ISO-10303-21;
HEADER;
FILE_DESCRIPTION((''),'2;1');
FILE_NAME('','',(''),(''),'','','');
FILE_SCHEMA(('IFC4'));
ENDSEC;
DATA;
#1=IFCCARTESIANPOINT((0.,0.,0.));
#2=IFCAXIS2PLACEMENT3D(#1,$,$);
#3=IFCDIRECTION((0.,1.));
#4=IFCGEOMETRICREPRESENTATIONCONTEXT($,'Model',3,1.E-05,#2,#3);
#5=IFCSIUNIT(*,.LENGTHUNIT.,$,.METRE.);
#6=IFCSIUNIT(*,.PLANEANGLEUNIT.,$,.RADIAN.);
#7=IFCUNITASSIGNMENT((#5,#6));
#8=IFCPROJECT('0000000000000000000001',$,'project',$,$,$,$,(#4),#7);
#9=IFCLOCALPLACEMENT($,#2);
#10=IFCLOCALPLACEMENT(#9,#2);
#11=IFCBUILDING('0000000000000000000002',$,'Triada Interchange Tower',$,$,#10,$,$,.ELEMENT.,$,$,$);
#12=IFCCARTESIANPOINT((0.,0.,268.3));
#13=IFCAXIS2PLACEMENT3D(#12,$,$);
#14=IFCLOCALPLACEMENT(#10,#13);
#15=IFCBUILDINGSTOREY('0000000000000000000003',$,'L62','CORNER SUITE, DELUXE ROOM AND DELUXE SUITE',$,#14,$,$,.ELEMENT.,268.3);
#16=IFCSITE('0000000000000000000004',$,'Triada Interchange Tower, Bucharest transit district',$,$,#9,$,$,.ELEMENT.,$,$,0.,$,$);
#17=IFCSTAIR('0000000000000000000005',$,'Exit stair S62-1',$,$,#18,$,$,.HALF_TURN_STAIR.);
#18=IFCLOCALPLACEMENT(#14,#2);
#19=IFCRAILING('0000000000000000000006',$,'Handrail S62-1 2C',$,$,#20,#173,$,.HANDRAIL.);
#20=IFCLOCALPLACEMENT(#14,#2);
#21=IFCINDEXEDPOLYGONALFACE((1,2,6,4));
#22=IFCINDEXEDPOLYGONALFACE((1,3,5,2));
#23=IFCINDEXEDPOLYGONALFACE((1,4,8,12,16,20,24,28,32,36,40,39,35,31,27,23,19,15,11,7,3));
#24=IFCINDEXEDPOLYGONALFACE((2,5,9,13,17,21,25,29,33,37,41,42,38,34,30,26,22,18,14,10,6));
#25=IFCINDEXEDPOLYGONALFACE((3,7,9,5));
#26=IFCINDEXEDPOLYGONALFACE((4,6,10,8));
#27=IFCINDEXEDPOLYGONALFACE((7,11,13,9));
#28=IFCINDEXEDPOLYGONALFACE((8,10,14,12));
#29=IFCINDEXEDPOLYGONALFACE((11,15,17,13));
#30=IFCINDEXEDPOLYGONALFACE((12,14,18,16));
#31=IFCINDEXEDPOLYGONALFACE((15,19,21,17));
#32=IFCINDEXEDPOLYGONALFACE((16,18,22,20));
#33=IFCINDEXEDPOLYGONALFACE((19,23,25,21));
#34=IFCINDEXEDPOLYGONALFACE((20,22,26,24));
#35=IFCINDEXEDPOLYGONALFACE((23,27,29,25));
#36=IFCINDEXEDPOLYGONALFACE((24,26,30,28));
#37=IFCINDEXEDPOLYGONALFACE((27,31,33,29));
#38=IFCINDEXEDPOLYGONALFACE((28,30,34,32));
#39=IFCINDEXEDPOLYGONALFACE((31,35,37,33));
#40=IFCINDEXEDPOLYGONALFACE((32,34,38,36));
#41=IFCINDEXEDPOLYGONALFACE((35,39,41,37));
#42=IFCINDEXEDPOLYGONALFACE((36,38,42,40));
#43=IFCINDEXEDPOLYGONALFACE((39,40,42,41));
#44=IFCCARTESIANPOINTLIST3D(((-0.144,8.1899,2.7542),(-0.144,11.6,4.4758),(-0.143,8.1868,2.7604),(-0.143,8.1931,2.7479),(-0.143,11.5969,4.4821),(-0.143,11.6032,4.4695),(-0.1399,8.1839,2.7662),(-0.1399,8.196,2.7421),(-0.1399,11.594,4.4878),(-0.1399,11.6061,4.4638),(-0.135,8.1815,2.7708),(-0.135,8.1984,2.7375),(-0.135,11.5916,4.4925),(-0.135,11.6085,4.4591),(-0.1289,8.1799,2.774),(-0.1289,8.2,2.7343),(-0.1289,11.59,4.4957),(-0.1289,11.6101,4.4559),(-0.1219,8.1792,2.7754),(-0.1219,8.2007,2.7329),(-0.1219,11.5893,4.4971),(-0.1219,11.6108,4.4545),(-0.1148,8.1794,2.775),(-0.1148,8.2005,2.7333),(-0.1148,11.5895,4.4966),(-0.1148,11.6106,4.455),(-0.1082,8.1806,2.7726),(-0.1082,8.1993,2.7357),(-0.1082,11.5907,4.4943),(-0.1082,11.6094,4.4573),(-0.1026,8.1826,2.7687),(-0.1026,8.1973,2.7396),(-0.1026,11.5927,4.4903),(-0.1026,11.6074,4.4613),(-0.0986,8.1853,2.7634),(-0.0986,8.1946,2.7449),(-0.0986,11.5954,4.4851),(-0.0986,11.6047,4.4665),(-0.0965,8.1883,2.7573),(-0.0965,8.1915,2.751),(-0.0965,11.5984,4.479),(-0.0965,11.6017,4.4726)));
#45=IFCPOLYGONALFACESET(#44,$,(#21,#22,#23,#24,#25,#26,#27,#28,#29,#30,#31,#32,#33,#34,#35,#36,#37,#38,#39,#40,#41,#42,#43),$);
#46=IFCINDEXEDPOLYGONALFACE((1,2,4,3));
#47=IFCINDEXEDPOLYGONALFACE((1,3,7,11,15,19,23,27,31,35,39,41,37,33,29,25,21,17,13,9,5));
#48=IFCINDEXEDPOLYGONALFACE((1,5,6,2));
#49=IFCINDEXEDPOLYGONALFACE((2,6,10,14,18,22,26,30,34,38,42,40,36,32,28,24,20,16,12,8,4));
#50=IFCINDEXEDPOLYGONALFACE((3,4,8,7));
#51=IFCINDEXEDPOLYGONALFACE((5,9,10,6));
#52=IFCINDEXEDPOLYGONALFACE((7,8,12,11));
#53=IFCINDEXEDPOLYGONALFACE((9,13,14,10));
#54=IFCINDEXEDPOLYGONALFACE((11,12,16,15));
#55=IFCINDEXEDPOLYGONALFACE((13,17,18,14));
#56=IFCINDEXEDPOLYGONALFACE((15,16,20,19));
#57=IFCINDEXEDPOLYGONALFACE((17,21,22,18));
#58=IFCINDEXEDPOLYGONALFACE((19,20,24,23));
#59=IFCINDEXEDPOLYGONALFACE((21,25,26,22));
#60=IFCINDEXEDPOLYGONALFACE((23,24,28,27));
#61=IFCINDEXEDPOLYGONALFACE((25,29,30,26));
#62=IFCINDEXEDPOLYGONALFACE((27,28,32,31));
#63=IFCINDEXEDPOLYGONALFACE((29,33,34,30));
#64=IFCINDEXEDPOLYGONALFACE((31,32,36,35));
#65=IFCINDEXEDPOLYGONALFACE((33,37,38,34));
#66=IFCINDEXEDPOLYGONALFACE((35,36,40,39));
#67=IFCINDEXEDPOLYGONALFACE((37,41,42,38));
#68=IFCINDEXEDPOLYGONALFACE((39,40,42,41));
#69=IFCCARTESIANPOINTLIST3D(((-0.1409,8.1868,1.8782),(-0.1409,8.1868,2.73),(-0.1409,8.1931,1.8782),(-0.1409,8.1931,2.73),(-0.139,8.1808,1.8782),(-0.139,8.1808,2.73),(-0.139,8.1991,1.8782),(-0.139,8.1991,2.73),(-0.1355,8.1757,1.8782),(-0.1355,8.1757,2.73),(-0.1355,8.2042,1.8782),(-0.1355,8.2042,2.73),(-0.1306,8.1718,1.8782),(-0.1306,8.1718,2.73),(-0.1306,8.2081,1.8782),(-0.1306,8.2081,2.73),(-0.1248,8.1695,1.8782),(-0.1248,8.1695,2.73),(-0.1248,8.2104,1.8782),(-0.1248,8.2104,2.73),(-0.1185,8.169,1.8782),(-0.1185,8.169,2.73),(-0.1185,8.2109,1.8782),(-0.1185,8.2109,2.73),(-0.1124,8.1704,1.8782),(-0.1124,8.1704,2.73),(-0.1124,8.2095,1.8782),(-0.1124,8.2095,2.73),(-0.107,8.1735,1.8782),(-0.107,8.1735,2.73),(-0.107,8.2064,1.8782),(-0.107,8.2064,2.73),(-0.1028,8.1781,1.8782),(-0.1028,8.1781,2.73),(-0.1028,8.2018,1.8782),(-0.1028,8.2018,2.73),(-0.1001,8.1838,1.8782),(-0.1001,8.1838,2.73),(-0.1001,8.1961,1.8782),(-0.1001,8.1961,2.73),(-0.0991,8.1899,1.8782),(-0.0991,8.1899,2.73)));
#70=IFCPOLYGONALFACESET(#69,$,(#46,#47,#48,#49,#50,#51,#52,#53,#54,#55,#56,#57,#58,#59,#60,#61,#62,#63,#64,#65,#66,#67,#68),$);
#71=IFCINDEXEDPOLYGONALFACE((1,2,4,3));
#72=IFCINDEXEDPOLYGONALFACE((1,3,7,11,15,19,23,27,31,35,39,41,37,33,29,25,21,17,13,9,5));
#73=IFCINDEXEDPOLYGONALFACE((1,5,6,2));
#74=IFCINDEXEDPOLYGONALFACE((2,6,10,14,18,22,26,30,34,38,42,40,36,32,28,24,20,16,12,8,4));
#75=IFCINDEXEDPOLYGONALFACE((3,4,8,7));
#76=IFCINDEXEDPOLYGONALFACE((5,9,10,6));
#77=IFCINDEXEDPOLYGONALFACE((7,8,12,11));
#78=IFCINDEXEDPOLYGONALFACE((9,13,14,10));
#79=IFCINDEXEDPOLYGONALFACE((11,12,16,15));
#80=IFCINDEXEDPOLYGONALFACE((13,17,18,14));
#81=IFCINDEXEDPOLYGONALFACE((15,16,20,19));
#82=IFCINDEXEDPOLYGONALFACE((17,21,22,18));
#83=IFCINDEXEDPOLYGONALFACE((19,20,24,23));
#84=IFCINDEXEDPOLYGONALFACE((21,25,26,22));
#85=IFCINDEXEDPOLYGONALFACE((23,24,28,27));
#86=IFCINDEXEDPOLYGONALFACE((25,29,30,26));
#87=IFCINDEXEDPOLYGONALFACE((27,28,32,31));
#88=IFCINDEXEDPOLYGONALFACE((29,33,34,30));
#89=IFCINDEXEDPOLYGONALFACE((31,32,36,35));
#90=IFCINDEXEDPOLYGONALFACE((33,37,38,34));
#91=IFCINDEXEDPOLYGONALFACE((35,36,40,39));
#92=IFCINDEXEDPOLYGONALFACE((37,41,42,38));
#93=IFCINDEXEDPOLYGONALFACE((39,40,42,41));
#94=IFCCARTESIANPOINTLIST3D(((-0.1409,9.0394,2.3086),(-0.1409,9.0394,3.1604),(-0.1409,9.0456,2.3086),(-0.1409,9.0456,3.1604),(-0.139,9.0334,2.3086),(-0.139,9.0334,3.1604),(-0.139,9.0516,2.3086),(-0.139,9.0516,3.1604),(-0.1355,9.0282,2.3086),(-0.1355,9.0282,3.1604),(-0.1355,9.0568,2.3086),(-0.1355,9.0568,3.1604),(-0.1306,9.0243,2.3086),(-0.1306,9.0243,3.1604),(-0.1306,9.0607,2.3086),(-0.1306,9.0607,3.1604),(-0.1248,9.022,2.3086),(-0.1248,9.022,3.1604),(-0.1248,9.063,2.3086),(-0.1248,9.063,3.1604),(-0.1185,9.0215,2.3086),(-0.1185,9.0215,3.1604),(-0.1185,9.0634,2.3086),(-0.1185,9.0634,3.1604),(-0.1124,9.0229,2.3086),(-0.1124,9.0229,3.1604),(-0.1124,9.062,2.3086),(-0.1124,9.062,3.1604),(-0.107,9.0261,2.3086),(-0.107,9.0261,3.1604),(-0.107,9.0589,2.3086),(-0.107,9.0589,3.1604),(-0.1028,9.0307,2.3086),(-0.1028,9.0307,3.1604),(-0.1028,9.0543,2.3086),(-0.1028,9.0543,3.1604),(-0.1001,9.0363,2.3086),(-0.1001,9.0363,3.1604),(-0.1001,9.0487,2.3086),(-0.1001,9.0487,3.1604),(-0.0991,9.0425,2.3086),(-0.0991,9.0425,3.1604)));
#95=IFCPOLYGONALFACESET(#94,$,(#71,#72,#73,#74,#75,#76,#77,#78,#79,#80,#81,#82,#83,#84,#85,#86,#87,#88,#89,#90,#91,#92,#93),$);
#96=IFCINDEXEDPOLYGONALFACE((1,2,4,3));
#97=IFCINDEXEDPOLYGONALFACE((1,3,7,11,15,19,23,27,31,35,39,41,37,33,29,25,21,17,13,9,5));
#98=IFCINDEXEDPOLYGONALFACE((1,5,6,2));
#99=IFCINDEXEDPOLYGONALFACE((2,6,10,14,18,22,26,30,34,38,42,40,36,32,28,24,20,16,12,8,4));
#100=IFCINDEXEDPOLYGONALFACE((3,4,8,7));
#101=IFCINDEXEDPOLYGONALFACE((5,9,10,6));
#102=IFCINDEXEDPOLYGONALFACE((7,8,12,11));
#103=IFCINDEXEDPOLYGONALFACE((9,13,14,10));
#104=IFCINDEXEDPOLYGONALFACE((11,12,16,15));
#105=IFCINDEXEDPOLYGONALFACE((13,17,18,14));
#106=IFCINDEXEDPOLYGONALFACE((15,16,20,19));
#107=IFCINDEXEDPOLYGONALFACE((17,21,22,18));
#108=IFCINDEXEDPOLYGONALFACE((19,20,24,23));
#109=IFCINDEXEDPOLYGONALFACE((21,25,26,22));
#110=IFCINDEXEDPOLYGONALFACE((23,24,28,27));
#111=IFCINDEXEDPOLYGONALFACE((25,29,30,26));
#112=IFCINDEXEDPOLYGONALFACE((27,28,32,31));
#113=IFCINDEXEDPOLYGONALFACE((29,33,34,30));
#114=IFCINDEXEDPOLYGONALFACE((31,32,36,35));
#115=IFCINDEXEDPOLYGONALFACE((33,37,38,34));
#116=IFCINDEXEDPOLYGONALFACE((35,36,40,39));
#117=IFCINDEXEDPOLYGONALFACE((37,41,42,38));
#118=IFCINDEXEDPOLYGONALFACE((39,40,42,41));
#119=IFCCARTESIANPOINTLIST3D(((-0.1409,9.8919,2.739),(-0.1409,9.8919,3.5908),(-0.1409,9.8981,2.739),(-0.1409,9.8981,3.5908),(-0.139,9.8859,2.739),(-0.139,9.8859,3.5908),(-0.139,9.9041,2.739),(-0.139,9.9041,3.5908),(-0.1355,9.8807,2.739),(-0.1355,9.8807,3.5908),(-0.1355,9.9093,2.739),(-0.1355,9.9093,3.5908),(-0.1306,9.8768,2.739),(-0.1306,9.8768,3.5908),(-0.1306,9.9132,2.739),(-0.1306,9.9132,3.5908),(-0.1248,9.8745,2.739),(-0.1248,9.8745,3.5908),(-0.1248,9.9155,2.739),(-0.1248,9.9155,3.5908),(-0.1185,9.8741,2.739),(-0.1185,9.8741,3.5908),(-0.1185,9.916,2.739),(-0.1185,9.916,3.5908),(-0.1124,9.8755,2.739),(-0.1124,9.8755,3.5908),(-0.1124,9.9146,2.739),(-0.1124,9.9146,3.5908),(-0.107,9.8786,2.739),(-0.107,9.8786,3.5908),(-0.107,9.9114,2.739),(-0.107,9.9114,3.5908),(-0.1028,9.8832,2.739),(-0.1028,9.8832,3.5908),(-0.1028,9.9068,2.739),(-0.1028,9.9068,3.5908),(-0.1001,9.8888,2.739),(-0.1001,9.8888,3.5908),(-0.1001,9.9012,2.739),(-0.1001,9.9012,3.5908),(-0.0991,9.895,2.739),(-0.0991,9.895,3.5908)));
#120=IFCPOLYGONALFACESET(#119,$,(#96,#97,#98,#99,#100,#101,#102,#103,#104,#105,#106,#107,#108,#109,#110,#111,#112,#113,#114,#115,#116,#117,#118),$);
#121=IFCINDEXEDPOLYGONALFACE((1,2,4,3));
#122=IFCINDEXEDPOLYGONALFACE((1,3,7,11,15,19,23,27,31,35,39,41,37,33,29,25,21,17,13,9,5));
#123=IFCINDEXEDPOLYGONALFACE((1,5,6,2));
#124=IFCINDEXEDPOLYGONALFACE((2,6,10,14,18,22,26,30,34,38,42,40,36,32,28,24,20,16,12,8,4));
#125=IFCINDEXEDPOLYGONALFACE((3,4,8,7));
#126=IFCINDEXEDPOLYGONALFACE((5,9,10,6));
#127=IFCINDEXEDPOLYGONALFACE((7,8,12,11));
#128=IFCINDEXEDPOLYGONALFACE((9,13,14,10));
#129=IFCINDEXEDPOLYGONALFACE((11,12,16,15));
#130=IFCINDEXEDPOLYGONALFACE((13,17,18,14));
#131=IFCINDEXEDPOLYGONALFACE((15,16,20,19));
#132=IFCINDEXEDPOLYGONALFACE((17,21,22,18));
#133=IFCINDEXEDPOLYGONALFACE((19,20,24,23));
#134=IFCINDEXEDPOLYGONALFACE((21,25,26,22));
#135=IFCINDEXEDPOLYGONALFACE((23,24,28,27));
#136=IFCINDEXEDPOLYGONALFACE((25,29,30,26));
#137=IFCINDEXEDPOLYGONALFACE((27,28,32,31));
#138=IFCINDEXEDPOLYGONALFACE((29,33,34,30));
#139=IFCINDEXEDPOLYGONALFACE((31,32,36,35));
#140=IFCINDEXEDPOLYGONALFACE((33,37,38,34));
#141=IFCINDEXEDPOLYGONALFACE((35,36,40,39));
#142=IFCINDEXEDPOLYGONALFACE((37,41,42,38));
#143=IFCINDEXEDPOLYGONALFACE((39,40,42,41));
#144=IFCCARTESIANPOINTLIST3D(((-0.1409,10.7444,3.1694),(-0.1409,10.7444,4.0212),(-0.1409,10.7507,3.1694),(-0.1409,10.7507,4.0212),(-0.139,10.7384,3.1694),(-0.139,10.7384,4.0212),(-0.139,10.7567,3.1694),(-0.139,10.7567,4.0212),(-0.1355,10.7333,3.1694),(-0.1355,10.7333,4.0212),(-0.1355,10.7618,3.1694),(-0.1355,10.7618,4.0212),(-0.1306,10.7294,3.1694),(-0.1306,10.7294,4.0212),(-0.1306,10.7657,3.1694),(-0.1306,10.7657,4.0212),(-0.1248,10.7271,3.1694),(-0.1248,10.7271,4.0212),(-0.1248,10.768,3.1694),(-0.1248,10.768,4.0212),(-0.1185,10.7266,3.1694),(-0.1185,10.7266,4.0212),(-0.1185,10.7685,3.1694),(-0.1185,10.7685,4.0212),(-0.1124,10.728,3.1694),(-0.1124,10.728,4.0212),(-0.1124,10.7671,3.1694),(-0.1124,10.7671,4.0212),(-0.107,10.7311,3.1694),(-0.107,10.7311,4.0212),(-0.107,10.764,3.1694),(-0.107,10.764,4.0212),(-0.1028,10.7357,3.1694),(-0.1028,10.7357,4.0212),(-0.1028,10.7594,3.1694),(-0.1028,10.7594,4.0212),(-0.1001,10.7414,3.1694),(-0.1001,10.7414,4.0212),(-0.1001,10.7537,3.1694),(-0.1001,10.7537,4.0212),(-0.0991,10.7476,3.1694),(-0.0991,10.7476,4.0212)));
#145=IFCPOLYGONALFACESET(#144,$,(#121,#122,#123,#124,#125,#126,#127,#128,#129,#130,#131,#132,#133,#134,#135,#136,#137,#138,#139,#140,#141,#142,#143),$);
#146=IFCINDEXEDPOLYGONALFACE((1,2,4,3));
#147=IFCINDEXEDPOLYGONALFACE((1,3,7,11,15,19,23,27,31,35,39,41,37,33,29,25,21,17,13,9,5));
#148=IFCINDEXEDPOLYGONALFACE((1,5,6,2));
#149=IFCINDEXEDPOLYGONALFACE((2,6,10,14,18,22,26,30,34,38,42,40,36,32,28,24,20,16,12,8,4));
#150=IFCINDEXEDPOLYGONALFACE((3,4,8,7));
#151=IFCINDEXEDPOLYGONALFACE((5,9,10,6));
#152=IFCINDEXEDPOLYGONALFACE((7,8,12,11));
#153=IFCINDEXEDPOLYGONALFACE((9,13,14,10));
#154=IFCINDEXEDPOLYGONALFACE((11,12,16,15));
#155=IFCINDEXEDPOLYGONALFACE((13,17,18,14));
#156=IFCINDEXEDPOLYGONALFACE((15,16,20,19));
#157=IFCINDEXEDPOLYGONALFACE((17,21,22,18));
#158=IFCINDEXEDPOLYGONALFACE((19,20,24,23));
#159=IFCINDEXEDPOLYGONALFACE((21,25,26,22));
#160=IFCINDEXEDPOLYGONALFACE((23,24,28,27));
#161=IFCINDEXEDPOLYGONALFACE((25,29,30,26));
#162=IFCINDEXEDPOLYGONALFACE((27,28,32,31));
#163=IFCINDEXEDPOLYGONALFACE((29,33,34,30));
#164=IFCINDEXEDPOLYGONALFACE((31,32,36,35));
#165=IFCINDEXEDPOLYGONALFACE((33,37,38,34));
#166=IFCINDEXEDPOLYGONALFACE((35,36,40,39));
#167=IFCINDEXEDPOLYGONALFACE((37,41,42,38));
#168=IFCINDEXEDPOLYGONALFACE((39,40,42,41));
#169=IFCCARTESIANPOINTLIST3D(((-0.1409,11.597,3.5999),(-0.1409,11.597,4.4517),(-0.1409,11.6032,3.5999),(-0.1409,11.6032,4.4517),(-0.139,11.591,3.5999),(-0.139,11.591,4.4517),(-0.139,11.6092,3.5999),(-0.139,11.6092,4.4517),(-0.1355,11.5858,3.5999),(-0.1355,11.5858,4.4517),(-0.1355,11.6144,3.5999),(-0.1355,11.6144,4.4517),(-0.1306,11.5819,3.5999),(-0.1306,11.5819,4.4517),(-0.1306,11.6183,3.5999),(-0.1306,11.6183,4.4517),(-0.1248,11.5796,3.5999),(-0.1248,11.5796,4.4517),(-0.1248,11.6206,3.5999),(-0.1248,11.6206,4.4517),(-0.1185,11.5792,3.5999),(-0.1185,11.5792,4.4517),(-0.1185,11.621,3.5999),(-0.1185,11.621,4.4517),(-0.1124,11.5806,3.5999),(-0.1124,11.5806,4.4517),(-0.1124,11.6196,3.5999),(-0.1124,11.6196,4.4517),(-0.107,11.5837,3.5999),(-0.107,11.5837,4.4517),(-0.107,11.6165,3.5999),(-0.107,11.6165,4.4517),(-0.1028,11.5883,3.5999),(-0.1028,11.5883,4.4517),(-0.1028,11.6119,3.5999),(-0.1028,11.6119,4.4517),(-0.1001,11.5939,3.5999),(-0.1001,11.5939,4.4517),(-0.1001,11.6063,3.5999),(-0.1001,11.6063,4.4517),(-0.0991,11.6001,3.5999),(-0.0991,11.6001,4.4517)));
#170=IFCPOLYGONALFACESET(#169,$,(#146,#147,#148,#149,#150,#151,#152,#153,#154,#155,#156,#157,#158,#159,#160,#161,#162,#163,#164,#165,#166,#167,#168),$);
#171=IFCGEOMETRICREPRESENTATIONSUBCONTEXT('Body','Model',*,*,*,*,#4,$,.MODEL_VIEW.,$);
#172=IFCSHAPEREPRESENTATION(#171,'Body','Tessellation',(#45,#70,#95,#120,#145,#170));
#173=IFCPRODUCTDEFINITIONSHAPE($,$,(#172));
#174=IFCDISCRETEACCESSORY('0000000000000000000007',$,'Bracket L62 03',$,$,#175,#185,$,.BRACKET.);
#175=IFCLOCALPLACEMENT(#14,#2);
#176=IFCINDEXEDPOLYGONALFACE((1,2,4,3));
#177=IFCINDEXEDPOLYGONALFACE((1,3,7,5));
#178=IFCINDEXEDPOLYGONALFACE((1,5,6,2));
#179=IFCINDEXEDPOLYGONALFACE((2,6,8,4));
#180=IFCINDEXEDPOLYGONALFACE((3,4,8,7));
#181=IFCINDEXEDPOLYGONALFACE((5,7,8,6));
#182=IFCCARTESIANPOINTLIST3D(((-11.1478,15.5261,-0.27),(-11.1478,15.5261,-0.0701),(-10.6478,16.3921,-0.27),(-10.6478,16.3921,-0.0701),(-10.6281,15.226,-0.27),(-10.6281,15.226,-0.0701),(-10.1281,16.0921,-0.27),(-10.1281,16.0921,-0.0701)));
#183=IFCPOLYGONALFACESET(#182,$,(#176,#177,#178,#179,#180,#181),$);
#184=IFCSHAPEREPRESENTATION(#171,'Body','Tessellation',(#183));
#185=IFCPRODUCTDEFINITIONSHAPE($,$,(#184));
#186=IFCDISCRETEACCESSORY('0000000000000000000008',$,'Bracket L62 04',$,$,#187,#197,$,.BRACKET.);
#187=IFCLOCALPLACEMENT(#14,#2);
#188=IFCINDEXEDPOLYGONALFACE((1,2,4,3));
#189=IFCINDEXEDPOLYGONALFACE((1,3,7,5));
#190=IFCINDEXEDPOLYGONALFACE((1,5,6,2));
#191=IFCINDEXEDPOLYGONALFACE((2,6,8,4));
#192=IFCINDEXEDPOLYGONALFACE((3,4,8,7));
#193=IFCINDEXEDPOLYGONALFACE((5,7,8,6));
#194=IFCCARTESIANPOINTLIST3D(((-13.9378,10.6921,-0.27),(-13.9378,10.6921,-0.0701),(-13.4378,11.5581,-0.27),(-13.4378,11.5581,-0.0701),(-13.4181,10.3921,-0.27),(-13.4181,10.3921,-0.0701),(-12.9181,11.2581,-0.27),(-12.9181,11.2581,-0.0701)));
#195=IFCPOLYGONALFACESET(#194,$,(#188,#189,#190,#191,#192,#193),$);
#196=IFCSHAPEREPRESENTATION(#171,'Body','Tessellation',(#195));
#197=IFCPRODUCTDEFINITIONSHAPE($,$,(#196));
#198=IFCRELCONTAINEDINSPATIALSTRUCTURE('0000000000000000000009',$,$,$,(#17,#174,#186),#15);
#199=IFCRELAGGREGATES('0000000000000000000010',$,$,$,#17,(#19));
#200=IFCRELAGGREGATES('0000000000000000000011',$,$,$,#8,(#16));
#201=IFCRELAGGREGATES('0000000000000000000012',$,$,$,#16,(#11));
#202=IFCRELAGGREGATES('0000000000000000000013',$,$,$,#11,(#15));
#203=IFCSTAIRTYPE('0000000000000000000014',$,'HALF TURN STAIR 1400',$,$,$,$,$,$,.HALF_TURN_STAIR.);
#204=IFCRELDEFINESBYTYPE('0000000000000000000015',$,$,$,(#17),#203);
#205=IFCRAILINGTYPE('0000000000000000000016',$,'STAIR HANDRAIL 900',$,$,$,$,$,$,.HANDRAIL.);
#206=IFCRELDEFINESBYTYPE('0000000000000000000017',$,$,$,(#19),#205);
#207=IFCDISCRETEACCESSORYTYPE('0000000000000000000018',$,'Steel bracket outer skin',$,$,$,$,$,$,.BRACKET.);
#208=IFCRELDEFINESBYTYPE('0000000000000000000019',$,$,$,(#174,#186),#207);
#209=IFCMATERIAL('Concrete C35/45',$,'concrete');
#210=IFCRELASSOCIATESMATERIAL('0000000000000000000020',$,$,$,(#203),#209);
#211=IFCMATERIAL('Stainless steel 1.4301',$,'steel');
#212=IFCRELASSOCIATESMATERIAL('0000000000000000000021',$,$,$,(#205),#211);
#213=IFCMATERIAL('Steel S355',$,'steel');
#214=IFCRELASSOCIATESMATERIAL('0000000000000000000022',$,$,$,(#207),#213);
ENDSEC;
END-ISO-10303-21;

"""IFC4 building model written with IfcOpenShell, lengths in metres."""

from ifc_helpers import new_model, si_unit, direction, frame, origin, origin_2d, place, context, subcontext, project, spatial, rectangle, circle, extrude, material, type_object, element, aggregate, save


model = new_model("IFC4")

# Units and contexts
model_context = context("Model", 3, precision=1e-05, world=origin(), true_north=direction((0.0, 1.0)))
body_context = subcontext(model_context, "Body", "Model", "MODEL_VIEW")
ifc_project = project(units=[si_unit("LENGTHUNIT", "METRE"), si_unit("PLANEANGLEUNIT", "RADIAN")], contexts=[model_context])

# Site, building, storey
site_placement = place(None, origin())
site = spatial("IfcSite", under=ifc_project, at=site_placement, Name="Triada Interchange Tower, Bucharest transit district", CompositionType="ELEMENT", RefElevation=0.0)
building_placement = place(site_placement, origin())
building = spatial("IfcBuilding", under=site, at=building_placement, Name="Triada Interchange Tower", CompositionType="ELEMENT")
storey_placement = place(building_placement, frame((0.0, 0.0, 268.3)))
storey = spatial("IfcBuildingStorey", under=building, at=storey_placement, Name="L62", Description="CORNER SUITE, DELUXE ROOM AND DELUXE SUITE", CompositionType="ELEMENT", Elevation=268.3)

# Stair
ifc_material_1 = material(Name="Concrete C35/45", Category="concrete")
stair_type = type_object("IfcStairType", Name="HALF TURN STAIR 1400", PredefinedType="HALF_TURN_STAIR", material=ifc_material_1)
stair_placement = place(storey_placement, origin())
stair = element("IfcStair", 1, at=stair_placement, inside=storey, type_object=stair_type, Name="Exit stair S62-1", PredefinedType="HALF_TURN_STAIR")

# Railing
ifc_material_2 = material(Name="Stainless steel 1.4301", Category="steel")
railing_type = type_object("IfcRailingType", Name="STAIR HANDRAIL 900", PredefinedType="HANDRAIL", material=ifc_material_2)
railing_1_placement = place(storey_placement, frame((-0.1201, 8.1899, 1.8782)))
railing_1 = element("IfcRailing", 2, at=railing_1_placement, type_object=railing_type, Name="Handrail S62-1 2C", PredefinedType="HANDRAIL", context=body_context, shape_type="SweptSolid", body=[
    extrude(circle(Radius=0.0239, at=origin_2d()), frame((0.0, 0.0, 0.876), z_axis=(0.0, 0.892682, 0.450687), x_axis=(-1.0, 0.0, 0.0)), (0.0, 0.0, 1.0), 3.8201),
    extrude(circle(Radius=0.021, at=origin_2d()), origin(), (0.0, 0.0, 1.0), 0.8518),
    extrude(circle(Radius=0.021, at=origin_2d()), frame((0.0, 0.8525, 0.4304)), (0.0, 0.0, 1.0), 0.8518),
    extrude(circle(Radius=0.021, at=origin_2d()), frame((0.0, 1.7051, 0.8608)), (0.0, 0.0, 1.0), 0.8518),
    extrude(circle(Radius=0.021, at=origin_2d()), frame((0.0, 2.5576, 1.2913)), (0.0, 0.0, 1.0), 0.8518),
    extrude(circle(Radius=0.021, at=origin_2d()), frame((0.0, 3.4102, 1.7217)), (0.0, 0.0, 1.0), 0.8518),
])
aggregate(stair, [railing_1])

# Discrete accessories
ifc_material_3 = material(Name="Steel S355", Category="steel")
discrete_accessory_type = type_object("IfcDiscreteAccessoryType", Name="Steel bracket outer skin", PredefinedType="BRACKET", material=ifc_material_3)
for number, where, z_axis, x_axis, name in (
    (3, (-10.6379, 15.8091, -0.27), (0.0, 0.0, 1.0), (-0.866029, 0.499994, 0.0), "Bracket L62 03"),
    (4, (-13.428, 10.9751, -0.27), (0.0, 0.0, 1.0), (-0.866029, 0.499994, 0.0), "Bracket L62 04"),
):
    element("IfcDiscreteAccessory", number, at=place(storey_placement, frame(where, z_axis=z_axis, x_axis=x_axis)), inside=storey, type_object=discrete_accessory_type, Name=name, PredefinedType="BRACKET", context=body_context, shape_type="SweptSolid", body=[
        extrude(rectangle(XDim=0.6001, YDim=1.0, at=origin_2d()), origin(), (0.0, 0.0, 1.0), 0.2),
    ])

save(model, "model.ifc")
